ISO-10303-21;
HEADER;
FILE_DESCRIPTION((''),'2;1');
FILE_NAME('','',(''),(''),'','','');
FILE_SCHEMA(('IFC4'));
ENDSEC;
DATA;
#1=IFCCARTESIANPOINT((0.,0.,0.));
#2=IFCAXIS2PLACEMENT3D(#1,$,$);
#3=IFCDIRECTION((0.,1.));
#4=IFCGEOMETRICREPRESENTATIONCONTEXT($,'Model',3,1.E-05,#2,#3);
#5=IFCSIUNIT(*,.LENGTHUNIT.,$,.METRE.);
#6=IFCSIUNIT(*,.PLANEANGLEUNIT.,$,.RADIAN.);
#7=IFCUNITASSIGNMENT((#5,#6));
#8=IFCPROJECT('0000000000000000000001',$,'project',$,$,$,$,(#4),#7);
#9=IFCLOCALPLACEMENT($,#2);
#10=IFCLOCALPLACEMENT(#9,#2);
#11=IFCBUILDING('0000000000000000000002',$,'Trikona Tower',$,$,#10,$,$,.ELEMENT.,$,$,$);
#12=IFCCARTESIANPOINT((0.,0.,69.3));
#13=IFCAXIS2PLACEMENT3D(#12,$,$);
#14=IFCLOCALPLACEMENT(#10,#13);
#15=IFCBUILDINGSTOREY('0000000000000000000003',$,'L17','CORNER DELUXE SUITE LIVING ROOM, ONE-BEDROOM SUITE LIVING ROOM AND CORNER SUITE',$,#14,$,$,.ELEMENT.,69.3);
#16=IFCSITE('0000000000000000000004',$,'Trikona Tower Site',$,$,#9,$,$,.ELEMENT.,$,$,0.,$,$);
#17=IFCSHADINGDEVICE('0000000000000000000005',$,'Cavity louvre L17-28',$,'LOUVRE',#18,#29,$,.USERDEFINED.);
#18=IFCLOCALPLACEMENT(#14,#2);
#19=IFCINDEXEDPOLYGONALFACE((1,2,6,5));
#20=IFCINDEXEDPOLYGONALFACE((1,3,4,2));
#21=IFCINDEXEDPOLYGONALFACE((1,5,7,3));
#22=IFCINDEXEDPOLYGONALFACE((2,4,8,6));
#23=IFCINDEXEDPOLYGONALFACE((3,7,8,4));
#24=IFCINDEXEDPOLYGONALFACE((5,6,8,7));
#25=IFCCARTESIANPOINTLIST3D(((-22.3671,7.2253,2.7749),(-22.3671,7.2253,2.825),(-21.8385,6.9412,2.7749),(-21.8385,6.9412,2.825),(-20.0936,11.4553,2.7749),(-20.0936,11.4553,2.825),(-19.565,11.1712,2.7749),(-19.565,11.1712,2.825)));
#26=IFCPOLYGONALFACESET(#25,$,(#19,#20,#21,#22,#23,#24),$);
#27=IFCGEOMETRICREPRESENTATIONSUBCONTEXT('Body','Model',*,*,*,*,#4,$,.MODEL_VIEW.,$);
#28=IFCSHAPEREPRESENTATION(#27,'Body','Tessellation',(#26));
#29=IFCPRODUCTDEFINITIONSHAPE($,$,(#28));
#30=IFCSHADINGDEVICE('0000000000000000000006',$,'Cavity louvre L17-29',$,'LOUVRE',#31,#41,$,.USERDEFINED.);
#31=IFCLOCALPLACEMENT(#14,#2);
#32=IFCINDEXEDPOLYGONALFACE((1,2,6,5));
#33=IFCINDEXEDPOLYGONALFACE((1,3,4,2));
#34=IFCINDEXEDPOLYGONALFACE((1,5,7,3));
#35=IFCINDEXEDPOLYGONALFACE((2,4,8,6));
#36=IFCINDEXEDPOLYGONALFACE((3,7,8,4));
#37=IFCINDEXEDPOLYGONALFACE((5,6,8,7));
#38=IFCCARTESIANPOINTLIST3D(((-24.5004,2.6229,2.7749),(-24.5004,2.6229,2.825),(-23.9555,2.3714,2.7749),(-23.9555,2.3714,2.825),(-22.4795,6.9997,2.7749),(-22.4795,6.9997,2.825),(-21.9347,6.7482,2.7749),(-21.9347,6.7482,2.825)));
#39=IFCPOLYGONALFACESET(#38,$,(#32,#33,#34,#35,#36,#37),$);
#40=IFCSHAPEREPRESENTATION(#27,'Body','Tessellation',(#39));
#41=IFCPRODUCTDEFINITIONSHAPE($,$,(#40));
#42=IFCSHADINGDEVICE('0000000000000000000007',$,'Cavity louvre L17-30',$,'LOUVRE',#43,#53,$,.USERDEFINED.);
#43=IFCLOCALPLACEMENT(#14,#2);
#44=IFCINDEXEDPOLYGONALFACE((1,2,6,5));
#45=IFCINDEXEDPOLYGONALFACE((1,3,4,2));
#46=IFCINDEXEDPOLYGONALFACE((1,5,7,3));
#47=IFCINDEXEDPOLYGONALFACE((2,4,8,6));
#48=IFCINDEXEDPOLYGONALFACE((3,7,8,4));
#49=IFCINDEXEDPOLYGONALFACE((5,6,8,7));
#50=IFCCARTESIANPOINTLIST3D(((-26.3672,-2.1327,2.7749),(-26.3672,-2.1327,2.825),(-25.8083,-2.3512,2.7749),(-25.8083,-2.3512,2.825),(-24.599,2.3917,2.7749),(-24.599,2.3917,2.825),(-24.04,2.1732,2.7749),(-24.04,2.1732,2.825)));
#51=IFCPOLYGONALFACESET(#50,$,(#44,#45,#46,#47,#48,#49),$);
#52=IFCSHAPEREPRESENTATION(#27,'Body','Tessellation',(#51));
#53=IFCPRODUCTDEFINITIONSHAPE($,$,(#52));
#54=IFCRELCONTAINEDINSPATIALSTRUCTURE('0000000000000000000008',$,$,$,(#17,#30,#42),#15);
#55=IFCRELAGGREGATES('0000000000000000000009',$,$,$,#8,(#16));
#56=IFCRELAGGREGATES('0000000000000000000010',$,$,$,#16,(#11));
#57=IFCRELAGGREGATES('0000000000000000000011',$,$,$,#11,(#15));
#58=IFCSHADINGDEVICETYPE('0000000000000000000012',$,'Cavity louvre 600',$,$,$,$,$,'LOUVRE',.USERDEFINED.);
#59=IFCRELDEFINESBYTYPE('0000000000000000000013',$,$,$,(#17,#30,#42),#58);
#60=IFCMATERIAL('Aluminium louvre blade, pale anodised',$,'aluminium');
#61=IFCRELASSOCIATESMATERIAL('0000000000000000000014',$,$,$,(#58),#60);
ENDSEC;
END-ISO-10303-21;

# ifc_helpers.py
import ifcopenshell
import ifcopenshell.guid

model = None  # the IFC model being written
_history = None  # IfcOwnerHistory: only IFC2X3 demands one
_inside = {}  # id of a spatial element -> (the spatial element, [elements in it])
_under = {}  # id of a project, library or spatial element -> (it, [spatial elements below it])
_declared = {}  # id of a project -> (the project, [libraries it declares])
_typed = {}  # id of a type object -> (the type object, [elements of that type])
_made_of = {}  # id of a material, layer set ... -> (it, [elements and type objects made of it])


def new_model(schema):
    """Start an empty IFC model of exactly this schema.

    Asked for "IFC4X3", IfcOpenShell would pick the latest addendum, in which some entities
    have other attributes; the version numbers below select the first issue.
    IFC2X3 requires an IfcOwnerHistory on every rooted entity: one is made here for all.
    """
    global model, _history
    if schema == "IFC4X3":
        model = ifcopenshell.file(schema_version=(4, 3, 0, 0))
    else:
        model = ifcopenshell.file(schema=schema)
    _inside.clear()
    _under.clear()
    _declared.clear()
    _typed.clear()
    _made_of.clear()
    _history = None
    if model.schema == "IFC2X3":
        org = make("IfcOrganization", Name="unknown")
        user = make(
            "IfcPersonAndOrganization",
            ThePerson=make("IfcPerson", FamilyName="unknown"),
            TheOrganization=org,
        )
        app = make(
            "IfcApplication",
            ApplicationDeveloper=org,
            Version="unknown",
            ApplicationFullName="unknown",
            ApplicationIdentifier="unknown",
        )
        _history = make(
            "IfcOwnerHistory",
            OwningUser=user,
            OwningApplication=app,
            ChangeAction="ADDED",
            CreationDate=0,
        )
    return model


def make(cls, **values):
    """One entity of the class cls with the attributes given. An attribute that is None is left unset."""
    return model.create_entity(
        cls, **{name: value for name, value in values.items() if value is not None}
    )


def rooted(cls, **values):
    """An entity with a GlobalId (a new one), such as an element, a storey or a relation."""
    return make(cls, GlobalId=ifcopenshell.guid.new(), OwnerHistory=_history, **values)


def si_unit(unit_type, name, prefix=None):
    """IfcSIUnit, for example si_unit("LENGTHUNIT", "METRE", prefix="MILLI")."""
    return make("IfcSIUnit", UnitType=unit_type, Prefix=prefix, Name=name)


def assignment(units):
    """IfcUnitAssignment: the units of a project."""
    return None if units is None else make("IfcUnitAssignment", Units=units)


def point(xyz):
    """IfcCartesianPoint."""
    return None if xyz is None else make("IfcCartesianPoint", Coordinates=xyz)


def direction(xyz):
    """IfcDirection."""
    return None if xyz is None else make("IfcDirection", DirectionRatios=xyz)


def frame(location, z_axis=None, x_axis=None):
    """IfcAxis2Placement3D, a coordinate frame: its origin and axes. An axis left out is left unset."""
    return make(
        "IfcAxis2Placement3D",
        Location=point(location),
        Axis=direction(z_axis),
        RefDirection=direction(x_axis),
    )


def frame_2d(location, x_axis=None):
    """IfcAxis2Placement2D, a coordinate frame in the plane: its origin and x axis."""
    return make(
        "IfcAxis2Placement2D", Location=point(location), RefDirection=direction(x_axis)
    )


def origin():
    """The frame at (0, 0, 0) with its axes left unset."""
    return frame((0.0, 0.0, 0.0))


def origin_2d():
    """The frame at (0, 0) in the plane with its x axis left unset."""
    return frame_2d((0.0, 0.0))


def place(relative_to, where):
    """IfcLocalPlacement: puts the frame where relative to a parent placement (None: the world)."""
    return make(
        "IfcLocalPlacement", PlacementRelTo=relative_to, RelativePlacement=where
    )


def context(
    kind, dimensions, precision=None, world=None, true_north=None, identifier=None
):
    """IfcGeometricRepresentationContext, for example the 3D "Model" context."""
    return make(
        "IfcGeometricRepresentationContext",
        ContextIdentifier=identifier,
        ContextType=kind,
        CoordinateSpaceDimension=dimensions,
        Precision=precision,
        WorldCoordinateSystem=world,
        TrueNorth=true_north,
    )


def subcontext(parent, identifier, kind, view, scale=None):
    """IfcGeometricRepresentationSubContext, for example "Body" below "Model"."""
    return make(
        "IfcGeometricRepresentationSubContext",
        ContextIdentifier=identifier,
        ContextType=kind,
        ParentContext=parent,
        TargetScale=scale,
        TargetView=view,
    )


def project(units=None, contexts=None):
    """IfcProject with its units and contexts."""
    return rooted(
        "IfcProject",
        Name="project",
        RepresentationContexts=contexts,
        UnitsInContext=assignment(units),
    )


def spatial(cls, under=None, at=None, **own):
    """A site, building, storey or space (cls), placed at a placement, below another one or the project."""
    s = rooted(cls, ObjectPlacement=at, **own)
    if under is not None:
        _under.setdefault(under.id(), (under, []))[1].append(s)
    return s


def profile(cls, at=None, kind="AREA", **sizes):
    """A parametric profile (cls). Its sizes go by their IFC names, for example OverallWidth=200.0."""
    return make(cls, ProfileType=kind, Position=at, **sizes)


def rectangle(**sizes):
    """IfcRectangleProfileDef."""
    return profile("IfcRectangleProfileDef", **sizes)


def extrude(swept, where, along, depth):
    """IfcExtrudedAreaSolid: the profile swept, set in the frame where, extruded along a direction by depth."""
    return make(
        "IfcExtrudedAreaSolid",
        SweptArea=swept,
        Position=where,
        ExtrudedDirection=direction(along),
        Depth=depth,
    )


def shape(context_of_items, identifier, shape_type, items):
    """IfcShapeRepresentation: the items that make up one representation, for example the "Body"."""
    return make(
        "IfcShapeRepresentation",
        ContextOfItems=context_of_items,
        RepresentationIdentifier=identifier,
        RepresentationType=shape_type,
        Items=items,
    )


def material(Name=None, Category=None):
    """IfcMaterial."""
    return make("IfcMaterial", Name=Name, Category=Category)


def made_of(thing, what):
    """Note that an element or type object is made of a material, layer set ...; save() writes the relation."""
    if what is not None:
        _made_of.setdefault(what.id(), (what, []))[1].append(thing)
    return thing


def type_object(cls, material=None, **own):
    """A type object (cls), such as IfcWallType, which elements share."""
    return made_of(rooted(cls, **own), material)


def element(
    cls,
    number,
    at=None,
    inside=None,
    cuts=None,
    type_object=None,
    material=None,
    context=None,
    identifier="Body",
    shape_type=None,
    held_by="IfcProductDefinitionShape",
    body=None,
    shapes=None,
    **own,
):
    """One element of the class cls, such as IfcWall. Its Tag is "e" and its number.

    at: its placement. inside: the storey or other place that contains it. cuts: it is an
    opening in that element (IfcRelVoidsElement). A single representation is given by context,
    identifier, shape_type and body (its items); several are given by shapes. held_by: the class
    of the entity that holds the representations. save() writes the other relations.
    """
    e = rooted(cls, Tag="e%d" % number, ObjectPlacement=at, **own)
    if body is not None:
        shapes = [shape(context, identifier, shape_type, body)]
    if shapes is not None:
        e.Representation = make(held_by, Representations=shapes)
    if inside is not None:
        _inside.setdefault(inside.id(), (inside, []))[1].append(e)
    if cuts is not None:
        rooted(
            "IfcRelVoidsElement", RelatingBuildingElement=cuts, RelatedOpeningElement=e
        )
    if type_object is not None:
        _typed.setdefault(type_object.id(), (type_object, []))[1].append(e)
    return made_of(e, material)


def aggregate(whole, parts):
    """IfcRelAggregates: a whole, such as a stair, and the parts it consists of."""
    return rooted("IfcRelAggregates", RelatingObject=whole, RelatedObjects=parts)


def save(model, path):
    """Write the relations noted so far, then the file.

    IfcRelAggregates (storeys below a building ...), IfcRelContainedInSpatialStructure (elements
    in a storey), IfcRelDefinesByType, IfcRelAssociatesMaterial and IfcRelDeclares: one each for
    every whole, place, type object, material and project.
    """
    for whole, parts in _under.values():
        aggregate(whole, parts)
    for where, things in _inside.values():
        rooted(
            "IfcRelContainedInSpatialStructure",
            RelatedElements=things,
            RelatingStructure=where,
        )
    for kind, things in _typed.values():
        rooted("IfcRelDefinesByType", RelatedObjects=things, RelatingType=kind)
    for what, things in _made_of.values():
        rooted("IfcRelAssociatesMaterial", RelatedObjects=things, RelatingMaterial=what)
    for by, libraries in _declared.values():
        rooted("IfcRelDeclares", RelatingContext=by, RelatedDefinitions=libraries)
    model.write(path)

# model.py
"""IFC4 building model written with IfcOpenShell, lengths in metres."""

from ifc_helpers import new_model, si_unit, direction, frame, origin, origin_2d, place, context, subcontext, project, spatial, rectangle, extrude, material, type_object, element, save


model = new_model("IFC4")

# Units and contexts
model_context = context("Model", 3, precision=1e-05, world=origin(), true_north=direction((0.0, 1.0)))
body_context = subcontext(model_context, "Body", "Model", "MODEL_VIEW")
ifc_project = project(units=[si_unit("LENGTHUNIT", "METRE"), si_unit("PLANEANGLEUNIT", "RADIAN")], contexts=[model_context])

# Site, building, storey
site_placement = place(None, origin())
site = spatial("IfcSite", under=ifc_project, at=site_placement, Name="Trikona Tower Site", CompositionType="ELEMENT", RefElevation=0.0)
building_placement = place(site_placement, origin())
building = spatial("IfcBuilding", under=site, at=building_placement, Name="Trikona Tower", CompositionType="ELEMENT")
storey_placement = place(building_placement, frame((0.0, 0.0, 69.3)))
storey = spatial("IfcBuildingStorey", under=building, at=storey_placement, Name="L17", Description="CORNER DELUXE SUITE LIVING ROOM, ONE-BEDROOM SUITE LIVING ROOM AND CORNER SUITE", CompositionType="ELEMENT", Elevation=69.3)

# Shading devices
ifc_material_1 = material(Name="Aluminium louvre blade, pale anodised", Category="aluminium")
shading_device_type = type_object("IfcShadingDeviceType", Name="Cavity louvre 600", ElementType="LOUVRE", PredefinedType="USERDEFINED", material=ifc_material_1)
shading_device_1_placement = place(storey_placement, frame((-20.9661, 9.1982, 2.7749), z_axis=(0.0, 0.0, 1.0), x_axis=(-0.473423, -0.880835, 0.0)))
element("IfcShadingDevice", 1, at=shading_device_1_placement, inside=storey, type_object=shading_device_type, Name="Cavity louvre L17-28", ObjectType="LOUVRE", PredefinedType="USERDEFINED", context=body_context, shape_type="SweptSolid", body=[
    extrude(rectangle(XDim=4.8022, YDim=0.6001, at=origin_2d()), origin(), (0.0, 0.0, 1.0), 0.05),
])
shading_device_2_placement = place(storey_placement, frame((-23.2175, 4.6855, 2.7749), z_axis=(0.0, 0.0, 1.0), x_axis=(-0.419194, -0.907897, 0.0)))
element("IfcShadingDevice", 2, at=shading_device_2_placement, inside=storey, type_object=shading_device_type, Name="Cavity louvre L17-29", ObjectType="LOUVRE", PredefinedType="USERDEFINED", context=body_context, shape_type="SweptSolid", body=[
    extrude(rectangle(XDim=4.8208, YDim=0.6001, at=origin_2d()), origin(), (0.0, 0.0, 1.0), 0.05),
])
shading_device_3_placement = place(storey_placement, frame((-25.2036, 0.0203, 2.7749), z_axis=(0.0, 0.0, 1.0), x_axis=(-0.364009, -0.931395, 0.0)))
element("IfcShadingDevice", 3, at=shading_device_3_placement, inside=storey, type_object=shading_device_type, Name="Cavity louvre L17-30", ObjectType="LOUVRE", PredefinedType="USERDEFINED", context=body_context, shape_type="SweptSolid", body=[
    extrude(rectangle(XDim=4.8577, YDim=0.6001, at=origin_2d()), origin(), (0.0, 0.0, 1.0), 0.05),
])

save(model, "model.ifc")
